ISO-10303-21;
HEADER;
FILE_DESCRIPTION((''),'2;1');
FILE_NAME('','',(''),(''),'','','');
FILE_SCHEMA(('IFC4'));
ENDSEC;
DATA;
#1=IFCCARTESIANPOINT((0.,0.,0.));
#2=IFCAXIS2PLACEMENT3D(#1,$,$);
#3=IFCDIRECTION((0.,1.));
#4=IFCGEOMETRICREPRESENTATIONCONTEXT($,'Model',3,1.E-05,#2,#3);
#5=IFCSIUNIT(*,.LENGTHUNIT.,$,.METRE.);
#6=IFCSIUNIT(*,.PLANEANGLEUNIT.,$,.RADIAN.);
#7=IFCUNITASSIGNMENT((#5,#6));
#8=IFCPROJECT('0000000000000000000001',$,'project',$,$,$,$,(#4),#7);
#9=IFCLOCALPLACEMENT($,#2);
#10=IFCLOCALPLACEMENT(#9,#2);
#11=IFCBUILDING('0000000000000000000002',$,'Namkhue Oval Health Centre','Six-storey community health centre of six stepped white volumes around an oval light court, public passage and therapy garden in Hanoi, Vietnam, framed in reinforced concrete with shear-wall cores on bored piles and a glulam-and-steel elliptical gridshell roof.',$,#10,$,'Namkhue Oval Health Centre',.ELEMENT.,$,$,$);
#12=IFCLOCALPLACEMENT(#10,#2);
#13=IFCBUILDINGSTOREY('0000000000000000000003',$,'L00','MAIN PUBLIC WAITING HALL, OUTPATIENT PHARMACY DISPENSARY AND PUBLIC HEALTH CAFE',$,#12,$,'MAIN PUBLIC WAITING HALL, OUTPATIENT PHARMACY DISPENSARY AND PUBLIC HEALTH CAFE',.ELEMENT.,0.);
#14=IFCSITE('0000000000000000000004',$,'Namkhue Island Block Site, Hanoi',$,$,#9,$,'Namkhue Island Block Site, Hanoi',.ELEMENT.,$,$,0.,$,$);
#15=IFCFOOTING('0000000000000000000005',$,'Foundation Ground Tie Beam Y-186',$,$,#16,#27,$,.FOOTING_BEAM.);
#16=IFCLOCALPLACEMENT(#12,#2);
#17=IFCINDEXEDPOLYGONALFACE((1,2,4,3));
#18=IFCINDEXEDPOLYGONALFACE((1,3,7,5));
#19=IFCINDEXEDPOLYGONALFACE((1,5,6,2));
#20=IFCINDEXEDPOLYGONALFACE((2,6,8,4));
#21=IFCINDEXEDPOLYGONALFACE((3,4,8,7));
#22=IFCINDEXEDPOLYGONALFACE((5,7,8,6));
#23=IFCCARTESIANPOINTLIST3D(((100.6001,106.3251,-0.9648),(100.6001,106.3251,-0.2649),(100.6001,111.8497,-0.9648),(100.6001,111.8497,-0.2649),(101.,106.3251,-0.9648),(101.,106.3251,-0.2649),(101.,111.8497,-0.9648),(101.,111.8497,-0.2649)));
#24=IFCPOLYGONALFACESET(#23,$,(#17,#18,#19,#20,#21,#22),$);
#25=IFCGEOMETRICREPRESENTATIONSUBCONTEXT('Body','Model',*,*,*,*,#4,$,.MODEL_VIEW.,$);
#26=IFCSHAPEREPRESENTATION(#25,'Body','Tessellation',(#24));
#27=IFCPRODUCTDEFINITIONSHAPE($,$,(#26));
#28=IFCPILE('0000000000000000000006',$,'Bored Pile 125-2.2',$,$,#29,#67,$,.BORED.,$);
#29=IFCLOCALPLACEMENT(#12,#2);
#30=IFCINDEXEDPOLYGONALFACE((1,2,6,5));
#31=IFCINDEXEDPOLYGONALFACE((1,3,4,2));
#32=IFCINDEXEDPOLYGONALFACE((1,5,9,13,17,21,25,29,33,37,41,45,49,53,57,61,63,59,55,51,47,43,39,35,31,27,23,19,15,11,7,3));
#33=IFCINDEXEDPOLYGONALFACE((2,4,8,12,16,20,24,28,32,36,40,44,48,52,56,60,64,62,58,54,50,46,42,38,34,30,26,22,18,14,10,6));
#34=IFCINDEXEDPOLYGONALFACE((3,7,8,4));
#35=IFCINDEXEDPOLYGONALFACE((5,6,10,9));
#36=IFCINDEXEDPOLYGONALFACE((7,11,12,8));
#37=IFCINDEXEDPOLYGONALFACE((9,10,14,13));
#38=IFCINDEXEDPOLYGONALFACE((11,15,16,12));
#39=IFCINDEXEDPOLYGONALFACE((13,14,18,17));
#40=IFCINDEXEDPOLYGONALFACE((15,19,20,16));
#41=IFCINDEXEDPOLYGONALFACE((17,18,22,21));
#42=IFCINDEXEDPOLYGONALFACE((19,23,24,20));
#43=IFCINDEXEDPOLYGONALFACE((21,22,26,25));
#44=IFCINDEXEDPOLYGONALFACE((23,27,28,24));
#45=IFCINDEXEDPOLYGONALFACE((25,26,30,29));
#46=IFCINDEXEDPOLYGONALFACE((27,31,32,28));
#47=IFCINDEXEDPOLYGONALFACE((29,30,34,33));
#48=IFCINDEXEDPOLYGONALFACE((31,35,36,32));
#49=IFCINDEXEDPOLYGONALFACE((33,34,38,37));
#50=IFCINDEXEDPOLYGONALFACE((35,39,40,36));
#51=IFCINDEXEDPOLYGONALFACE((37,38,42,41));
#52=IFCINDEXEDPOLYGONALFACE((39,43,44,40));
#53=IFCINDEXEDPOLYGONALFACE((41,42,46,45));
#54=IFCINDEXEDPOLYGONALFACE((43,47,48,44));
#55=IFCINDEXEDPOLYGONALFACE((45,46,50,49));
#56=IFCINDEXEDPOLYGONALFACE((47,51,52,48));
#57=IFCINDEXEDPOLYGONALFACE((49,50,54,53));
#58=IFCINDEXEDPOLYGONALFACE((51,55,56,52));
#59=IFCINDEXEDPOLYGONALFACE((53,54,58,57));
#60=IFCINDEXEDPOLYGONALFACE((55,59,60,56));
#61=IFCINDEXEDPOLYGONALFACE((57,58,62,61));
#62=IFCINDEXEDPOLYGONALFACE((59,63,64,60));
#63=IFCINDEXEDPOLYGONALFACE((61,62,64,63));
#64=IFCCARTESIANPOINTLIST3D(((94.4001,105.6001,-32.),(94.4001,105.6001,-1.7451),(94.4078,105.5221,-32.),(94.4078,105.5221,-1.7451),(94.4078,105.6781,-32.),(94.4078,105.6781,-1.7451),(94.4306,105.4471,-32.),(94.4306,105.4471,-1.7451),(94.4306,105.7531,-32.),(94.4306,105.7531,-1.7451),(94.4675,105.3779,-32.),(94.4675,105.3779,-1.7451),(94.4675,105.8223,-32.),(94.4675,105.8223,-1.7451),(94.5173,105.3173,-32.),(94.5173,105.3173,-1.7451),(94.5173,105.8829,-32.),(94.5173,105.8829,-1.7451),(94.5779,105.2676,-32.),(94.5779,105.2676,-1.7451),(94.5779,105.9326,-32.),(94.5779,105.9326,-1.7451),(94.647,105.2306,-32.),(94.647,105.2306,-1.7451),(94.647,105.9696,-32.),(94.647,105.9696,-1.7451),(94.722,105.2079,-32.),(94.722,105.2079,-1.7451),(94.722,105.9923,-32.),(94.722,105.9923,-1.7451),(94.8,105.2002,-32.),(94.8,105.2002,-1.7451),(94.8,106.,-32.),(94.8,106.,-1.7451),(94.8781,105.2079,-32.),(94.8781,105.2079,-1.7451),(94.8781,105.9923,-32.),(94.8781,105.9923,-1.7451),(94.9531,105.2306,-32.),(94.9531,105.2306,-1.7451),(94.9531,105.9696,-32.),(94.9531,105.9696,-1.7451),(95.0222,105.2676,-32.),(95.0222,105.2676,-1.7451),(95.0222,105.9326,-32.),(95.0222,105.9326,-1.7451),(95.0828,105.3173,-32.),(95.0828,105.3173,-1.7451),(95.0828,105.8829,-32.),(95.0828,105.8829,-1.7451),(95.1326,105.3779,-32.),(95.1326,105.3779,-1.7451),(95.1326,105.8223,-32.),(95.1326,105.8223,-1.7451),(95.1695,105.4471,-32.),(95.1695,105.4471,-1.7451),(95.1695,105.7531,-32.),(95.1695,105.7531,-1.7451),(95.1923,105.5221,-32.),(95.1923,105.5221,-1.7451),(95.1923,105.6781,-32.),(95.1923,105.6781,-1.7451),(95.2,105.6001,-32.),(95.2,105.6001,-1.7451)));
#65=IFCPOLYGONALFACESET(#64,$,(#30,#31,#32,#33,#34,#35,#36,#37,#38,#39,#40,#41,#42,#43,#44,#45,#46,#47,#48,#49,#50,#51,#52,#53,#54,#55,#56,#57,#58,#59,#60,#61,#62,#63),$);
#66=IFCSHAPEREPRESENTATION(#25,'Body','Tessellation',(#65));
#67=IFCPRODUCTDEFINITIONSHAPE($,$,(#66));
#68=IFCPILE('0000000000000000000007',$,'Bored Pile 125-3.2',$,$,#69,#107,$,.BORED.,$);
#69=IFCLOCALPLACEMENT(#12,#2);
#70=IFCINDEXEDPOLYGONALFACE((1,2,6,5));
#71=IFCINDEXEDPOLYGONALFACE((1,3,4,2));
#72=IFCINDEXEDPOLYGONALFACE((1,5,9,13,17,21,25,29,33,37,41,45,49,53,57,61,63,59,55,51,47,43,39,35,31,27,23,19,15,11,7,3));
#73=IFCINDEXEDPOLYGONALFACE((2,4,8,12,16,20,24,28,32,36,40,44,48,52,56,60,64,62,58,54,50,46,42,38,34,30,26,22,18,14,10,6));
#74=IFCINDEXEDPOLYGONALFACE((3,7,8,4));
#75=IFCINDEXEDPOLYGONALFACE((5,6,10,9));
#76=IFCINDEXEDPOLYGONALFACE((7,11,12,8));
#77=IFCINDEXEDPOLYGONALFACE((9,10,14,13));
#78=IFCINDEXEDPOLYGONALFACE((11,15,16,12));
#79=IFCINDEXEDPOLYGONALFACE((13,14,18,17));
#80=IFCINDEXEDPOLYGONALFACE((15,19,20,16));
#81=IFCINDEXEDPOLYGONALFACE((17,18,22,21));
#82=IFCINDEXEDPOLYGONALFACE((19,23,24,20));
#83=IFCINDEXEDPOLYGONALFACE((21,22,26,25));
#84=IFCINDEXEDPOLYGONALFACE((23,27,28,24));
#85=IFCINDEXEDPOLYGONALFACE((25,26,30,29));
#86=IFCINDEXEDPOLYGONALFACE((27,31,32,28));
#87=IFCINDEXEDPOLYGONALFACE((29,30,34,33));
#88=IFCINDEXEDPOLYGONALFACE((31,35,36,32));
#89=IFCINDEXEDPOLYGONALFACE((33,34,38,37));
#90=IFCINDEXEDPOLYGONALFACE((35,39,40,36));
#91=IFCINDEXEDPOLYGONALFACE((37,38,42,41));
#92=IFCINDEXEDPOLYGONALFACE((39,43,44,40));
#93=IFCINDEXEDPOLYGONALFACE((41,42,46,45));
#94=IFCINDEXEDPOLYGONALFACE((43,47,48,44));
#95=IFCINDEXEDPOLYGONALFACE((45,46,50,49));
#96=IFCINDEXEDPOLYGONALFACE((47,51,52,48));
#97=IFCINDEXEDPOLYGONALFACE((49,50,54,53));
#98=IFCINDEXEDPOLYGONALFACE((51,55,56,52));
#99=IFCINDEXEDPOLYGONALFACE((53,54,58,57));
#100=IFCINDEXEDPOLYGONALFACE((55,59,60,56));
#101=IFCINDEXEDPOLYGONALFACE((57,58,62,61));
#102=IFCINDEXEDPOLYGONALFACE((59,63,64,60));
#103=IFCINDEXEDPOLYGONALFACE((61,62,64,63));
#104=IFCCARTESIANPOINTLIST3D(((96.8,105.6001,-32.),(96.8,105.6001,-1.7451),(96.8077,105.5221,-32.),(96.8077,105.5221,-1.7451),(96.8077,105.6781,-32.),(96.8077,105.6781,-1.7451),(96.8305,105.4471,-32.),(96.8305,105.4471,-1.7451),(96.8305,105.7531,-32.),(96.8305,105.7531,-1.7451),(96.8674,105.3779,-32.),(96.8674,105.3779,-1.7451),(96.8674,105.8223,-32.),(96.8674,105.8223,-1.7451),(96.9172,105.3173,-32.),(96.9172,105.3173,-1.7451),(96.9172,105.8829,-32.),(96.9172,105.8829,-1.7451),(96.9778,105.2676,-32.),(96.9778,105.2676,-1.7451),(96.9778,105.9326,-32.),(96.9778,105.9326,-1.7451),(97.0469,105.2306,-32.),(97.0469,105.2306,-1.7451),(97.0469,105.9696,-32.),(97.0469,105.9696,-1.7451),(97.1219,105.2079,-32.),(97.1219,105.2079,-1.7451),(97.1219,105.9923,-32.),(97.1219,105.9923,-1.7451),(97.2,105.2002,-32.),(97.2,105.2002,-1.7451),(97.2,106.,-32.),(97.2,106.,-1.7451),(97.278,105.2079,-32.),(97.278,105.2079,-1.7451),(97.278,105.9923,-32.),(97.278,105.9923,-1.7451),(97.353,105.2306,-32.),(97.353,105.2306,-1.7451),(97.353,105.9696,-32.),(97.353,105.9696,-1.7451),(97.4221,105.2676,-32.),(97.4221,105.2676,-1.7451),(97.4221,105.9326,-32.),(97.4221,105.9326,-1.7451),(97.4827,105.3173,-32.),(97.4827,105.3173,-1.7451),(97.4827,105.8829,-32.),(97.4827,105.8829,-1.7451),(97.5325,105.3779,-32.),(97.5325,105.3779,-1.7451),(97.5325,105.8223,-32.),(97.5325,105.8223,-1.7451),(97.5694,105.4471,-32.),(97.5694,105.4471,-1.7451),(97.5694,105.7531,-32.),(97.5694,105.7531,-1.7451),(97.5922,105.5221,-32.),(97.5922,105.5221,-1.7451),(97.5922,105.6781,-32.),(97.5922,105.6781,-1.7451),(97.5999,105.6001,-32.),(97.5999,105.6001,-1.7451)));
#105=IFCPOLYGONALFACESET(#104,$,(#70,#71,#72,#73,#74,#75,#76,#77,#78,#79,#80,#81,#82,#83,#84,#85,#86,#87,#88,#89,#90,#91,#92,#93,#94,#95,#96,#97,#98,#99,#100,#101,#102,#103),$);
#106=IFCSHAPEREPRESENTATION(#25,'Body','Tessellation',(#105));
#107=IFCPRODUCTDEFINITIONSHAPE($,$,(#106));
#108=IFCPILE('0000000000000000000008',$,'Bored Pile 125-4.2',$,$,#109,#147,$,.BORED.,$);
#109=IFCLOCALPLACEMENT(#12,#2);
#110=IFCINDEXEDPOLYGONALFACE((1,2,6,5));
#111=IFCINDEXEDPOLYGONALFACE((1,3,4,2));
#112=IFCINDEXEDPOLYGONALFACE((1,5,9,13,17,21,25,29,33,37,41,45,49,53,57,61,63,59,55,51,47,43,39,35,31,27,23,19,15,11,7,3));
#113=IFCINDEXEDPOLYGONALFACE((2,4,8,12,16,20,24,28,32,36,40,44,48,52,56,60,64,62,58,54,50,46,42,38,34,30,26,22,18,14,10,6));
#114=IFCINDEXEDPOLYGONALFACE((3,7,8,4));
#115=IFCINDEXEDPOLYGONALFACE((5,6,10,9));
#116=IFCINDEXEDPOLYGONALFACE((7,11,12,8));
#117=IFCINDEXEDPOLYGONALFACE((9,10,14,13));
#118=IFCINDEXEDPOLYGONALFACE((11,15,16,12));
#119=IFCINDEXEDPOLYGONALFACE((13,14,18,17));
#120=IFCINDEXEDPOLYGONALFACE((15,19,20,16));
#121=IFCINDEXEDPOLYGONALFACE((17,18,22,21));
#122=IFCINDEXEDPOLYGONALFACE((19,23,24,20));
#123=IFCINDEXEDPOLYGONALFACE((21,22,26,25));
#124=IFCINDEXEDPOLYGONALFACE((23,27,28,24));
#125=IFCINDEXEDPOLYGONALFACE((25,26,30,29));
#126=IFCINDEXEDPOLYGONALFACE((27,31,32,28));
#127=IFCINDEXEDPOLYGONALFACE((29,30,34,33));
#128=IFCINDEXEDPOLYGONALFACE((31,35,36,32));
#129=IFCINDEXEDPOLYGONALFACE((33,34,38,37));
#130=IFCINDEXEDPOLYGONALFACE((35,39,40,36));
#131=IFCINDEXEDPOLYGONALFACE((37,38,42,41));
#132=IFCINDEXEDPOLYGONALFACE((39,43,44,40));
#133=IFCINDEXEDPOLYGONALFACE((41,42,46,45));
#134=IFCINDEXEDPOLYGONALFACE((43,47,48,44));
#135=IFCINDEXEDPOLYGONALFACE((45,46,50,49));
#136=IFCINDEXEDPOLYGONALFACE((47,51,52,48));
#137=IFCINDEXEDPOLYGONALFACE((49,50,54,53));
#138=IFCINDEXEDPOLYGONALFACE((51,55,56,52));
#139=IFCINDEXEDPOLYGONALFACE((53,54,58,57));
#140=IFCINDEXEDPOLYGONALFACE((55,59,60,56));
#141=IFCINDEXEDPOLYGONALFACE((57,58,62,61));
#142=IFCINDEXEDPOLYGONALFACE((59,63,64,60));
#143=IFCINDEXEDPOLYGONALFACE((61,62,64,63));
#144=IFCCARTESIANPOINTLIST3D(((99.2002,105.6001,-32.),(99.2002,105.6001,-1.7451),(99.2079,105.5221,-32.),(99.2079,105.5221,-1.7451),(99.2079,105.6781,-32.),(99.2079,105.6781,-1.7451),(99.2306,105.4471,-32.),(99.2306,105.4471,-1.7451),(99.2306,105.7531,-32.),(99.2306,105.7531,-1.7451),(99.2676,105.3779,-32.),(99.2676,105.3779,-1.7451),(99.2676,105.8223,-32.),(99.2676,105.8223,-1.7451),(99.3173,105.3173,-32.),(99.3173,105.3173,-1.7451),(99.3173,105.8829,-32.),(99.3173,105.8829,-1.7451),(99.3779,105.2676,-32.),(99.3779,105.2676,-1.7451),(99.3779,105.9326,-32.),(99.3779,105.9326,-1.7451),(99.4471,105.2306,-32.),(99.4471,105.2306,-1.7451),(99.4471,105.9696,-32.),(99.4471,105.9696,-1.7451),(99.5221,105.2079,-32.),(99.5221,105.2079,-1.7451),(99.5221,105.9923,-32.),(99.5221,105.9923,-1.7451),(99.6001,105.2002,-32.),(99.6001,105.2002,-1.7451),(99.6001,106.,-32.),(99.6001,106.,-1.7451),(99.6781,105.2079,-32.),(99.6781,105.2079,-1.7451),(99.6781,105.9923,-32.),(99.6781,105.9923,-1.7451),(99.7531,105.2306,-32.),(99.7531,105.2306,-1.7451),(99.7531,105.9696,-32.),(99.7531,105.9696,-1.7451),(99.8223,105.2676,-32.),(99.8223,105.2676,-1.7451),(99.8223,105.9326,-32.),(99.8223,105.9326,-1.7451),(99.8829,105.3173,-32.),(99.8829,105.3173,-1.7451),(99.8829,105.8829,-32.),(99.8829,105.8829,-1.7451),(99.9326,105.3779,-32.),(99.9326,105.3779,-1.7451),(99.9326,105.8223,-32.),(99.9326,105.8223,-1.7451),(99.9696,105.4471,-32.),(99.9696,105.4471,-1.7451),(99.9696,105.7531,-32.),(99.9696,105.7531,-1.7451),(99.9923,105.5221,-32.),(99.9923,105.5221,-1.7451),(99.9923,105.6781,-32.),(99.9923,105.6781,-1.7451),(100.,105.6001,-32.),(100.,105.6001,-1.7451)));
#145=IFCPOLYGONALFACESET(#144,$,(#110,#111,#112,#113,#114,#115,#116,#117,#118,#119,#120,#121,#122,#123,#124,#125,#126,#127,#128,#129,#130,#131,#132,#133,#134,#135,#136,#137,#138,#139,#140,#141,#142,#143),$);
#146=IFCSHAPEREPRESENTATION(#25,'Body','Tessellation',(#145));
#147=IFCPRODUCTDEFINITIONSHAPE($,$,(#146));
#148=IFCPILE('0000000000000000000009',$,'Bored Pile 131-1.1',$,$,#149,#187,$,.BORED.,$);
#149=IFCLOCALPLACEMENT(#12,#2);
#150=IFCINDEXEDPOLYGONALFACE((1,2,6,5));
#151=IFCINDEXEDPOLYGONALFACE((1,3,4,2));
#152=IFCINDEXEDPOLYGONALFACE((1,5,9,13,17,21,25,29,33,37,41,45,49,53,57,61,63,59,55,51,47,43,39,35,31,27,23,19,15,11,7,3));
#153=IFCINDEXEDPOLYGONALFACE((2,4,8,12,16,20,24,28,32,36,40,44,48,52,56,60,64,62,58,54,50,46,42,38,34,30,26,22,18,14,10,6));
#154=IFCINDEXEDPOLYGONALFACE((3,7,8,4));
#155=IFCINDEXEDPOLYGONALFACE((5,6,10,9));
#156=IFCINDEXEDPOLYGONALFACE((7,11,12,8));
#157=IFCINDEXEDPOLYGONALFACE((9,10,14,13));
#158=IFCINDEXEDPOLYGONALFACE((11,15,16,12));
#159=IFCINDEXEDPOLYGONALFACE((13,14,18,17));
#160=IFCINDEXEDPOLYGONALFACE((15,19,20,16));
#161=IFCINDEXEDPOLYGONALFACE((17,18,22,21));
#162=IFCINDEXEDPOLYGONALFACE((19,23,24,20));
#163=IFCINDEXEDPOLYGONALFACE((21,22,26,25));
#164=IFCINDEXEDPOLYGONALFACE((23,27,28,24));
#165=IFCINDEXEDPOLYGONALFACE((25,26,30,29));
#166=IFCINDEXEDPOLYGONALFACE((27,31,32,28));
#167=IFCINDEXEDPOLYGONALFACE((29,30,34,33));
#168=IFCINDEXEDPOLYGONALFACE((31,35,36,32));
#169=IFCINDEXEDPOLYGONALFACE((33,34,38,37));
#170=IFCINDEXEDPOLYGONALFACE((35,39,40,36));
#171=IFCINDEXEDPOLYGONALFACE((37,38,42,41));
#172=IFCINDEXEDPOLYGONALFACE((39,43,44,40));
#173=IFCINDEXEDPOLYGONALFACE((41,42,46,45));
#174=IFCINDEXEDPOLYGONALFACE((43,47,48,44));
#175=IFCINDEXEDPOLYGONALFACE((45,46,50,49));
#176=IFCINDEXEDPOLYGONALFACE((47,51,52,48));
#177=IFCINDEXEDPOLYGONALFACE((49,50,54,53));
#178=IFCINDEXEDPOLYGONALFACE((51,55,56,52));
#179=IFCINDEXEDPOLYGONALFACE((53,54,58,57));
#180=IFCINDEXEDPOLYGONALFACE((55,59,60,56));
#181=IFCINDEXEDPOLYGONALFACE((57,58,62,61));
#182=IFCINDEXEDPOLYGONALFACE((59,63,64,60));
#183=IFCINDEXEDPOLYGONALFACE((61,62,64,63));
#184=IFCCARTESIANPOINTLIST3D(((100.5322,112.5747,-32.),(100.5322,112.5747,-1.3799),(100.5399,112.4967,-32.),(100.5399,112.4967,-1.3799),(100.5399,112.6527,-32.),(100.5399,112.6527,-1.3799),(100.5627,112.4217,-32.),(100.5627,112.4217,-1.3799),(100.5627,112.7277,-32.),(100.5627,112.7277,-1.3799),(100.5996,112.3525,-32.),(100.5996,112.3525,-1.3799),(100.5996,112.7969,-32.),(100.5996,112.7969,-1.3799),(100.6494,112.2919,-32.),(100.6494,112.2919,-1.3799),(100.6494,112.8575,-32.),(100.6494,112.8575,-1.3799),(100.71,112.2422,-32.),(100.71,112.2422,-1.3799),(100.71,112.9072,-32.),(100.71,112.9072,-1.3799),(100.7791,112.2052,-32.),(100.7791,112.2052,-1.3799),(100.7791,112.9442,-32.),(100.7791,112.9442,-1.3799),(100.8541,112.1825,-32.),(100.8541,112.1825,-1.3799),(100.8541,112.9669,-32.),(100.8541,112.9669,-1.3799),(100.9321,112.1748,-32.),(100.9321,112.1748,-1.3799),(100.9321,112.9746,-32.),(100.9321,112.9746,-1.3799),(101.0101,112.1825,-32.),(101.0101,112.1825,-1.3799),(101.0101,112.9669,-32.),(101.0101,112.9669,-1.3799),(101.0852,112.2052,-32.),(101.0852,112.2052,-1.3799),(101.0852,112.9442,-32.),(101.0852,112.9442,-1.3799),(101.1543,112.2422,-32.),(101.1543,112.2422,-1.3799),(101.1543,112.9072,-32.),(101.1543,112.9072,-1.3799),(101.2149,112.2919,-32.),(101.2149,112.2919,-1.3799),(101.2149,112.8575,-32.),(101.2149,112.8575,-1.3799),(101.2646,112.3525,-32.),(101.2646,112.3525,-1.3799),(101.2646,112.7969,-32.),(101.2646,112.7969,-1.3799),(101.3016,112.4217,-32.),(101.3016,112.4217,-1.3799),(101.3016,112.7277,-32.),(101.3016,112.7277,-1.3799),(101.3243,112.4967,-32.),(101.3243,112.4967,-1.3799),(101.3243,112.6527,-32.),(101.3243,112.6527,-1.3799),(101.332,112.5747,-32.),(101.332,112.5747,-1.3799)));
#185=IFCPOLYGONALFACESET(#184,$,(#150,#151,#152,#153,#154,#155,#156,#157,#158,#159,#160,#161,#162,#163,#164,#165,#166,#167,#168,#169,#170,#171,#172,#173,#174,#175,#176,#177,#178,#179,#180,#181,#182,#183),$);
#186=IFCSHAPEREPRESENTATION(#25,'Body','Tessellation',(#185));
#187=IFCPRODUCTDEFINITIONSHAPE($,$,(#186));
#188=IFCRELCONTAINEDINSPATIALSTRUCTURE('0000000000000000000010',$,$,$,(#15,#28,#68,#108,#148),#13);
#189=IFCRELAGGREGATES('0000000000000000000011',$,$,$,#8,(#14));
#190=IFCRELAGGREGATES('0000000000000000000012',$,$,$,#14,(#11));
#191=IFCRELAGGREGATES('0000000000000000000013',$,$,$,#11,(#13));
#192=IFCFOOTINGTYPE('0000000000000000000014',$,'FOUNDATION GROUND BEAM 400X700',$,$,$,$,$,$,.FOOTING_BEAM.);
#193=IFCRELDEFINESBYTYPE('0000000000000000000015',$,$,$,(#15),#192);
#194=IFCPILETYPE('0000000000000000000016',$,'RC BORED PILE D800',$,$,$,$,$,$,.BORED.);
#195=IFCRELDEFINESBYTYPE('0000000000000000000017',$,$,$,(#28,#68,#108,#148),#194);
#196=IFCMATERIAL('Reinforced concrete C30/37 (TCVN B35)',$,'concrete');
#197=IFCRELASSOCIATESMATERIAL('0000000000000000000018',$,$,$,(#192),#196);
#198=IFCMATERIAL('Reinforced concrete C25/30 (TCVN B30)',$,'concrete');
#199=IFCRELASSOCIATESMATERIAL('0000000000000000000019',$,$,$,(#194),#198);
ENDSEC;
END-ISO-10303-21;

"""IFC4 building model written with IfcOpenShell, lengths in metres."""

from ifc_helpers import new_model, si_unit, direction, frame, origin, origin_2d, place, context, subcontext, project, spatial, rectangle, circle, extrude, material, material_profile, profile_set, type_object, element, save


model = new_model("IFC4")

# Units and contexts
model_context = context("Model", 3, precision=1e-05, world=origin(), true_north=direction((0.0, 1.0)))
body_context = subcontext(model_context, "Body", "Model", "MODEL_VIEW")
ifc_project = project(units=[si_unit("LENGTHUNIT", "METRE"), si_unit("PLANEANGLEUNIT", "RADIAN")], contexts=[model_context])

# Site, building, storey
site_placement = place(None, origin())
site = spatial("IfcSite", under=ifc_project, at=site_placement, Name="Namkhue Island Block Site, Hanoi", LongName="Namkhue Island Block Site, Hanoi", CompositionType="ELEMENT", RefElevation=0.0)
building_placement = place(site_placement, origin())
building = spatial("IfcBuilding", under=site, at=building_placement, Name="Namkhue Oval Health Centre", Description="Six-storey community health centre of six stepped white volumes around an oval light court, public passage and therapy garden in Hanoi, Vietnam, framed in reinforced concrete with shear-wall cores on bored piles and a glulam-and-steel elliptical gridshell roof.", LongName="Namkhue Oval Health Centre", CompositionType="ELEMENT")
storey_placement = place(building_placement, origin())
storey = spatial("IfcBuildingStorey", under=building, at=storey_placement, Name="L00", Description="MAIN PUBLIC WAITING HALL, OUTPATIENT PHARMACY DISPENSARY AND PUBLIC HEALTH CAFE", LongName="MAIN PUBLIC WAITING HALL, OUTPATIENT PHARMACY DISPENSARY AND PUBLIC HEALTH CAFE", CompositionType="ELEMENT", Elevation=0.0)

# Footing
ifc_material_1 = material(Name="Reinforced concrete C30/37 (TCVN B35)", Category="concrete")
footing_type = type_object("IfcFootingType", Name="FOUNDATION GROUND BEAM 400X700", PredefinedType="FOOTING_BEAM", material=ifc_material_1)
footing_placement = place(storey_placement, frame((100.8, 109.0874, -0.9648), z_axis=(0.0, 0.0, 1.0), x_axis=(0.0, 1.0, 0.0)))
element("IfcFooting", 1, at=footing_placement, inside=storey, type_object=footing_type, Name="Foundation Ground Tie Beam Y-186", PredefinedType="FOOTING_BEAM", context=body_context, shape_type="SweptSolid", body=[
    extrude(rectangle(XDim=5.5247, YDim=0.3999, at=origin_2d()), origin(), (0.0, 0.0, 1.0), 0.7),
])

# Piles
ifc_material_2 = material(Name="Reinforced concrete C25/30 (TCVN B30)", Category="concrete")
ifc_material_profile_1 = material_profile(ifc_material_2, circle(Radius=0.3999, at=origin_2d()), Name="BORED PILE D800")
ifc_profile_set_1 = profile_set([ifc_material_profile_1], Name="Reinforced concrete C25/30 (TCVN B30)")
pile_type = type_object("IfcPileType", Name="RC BORED PILE D800", PredefinedType="BORED", material=ifc_profile_set_1)
for number, where, z_axis, x_axis, name in (
    (2, (94.8, 105.6001, -1.7451), (0.0, 0.0, -1.0), (1.0, 0.0, 0.0), "Bored Pile 125-2.2"),
    (3, (97.2, 105.6001, -1.7451), (0.0, 0.0, -1.0), (1.0, 0.0, 0.0), "Bored Pile 125-3.2"),
    (4, (99.6001, 105.6001, -1.7451), (0.0, 0.0, -1.0), (1.0, 0.0, 0.0), "Bored Pile 125-4.2"),
):
    element("IfcPile", number, at=place(storey_placement, frame(where, z_axis=z_axis, x_axis=x_axis)), inside=storey, type_object=pile_type, Name=name, PredefinedType="BORED", context=body_context, shape_type="SweptSolid", body=[
        extrude(circle(Radius=0.3999, at=origin_2d()), origin(), (0.0, 0.0, 1.0), 30.2549),
    ])
for number, where, z_axis, x_axis, name in (
    (5, (100.9321, 112.5747, -1.3799), (0.0, 0.0, -1.0), (1.0, 0.0, 0.0), "Bored Pile 131-1.1"),
):
    element("IfcPile", number, at=place(storey_placement, frame(where, z_axis=z_axis, x_axis=x_axis)), inside=storey, type_object=pile_type, Name=name, PredefinedType="BORED", context=body_context, shape_type="SweptSolid", body=[
        extrude(circle(Radius=0.3999, at=origin_2d()), origin(), (0.0, 0.0, 1.0), 30.6201),
    ])

save(model, "model.ifc")
